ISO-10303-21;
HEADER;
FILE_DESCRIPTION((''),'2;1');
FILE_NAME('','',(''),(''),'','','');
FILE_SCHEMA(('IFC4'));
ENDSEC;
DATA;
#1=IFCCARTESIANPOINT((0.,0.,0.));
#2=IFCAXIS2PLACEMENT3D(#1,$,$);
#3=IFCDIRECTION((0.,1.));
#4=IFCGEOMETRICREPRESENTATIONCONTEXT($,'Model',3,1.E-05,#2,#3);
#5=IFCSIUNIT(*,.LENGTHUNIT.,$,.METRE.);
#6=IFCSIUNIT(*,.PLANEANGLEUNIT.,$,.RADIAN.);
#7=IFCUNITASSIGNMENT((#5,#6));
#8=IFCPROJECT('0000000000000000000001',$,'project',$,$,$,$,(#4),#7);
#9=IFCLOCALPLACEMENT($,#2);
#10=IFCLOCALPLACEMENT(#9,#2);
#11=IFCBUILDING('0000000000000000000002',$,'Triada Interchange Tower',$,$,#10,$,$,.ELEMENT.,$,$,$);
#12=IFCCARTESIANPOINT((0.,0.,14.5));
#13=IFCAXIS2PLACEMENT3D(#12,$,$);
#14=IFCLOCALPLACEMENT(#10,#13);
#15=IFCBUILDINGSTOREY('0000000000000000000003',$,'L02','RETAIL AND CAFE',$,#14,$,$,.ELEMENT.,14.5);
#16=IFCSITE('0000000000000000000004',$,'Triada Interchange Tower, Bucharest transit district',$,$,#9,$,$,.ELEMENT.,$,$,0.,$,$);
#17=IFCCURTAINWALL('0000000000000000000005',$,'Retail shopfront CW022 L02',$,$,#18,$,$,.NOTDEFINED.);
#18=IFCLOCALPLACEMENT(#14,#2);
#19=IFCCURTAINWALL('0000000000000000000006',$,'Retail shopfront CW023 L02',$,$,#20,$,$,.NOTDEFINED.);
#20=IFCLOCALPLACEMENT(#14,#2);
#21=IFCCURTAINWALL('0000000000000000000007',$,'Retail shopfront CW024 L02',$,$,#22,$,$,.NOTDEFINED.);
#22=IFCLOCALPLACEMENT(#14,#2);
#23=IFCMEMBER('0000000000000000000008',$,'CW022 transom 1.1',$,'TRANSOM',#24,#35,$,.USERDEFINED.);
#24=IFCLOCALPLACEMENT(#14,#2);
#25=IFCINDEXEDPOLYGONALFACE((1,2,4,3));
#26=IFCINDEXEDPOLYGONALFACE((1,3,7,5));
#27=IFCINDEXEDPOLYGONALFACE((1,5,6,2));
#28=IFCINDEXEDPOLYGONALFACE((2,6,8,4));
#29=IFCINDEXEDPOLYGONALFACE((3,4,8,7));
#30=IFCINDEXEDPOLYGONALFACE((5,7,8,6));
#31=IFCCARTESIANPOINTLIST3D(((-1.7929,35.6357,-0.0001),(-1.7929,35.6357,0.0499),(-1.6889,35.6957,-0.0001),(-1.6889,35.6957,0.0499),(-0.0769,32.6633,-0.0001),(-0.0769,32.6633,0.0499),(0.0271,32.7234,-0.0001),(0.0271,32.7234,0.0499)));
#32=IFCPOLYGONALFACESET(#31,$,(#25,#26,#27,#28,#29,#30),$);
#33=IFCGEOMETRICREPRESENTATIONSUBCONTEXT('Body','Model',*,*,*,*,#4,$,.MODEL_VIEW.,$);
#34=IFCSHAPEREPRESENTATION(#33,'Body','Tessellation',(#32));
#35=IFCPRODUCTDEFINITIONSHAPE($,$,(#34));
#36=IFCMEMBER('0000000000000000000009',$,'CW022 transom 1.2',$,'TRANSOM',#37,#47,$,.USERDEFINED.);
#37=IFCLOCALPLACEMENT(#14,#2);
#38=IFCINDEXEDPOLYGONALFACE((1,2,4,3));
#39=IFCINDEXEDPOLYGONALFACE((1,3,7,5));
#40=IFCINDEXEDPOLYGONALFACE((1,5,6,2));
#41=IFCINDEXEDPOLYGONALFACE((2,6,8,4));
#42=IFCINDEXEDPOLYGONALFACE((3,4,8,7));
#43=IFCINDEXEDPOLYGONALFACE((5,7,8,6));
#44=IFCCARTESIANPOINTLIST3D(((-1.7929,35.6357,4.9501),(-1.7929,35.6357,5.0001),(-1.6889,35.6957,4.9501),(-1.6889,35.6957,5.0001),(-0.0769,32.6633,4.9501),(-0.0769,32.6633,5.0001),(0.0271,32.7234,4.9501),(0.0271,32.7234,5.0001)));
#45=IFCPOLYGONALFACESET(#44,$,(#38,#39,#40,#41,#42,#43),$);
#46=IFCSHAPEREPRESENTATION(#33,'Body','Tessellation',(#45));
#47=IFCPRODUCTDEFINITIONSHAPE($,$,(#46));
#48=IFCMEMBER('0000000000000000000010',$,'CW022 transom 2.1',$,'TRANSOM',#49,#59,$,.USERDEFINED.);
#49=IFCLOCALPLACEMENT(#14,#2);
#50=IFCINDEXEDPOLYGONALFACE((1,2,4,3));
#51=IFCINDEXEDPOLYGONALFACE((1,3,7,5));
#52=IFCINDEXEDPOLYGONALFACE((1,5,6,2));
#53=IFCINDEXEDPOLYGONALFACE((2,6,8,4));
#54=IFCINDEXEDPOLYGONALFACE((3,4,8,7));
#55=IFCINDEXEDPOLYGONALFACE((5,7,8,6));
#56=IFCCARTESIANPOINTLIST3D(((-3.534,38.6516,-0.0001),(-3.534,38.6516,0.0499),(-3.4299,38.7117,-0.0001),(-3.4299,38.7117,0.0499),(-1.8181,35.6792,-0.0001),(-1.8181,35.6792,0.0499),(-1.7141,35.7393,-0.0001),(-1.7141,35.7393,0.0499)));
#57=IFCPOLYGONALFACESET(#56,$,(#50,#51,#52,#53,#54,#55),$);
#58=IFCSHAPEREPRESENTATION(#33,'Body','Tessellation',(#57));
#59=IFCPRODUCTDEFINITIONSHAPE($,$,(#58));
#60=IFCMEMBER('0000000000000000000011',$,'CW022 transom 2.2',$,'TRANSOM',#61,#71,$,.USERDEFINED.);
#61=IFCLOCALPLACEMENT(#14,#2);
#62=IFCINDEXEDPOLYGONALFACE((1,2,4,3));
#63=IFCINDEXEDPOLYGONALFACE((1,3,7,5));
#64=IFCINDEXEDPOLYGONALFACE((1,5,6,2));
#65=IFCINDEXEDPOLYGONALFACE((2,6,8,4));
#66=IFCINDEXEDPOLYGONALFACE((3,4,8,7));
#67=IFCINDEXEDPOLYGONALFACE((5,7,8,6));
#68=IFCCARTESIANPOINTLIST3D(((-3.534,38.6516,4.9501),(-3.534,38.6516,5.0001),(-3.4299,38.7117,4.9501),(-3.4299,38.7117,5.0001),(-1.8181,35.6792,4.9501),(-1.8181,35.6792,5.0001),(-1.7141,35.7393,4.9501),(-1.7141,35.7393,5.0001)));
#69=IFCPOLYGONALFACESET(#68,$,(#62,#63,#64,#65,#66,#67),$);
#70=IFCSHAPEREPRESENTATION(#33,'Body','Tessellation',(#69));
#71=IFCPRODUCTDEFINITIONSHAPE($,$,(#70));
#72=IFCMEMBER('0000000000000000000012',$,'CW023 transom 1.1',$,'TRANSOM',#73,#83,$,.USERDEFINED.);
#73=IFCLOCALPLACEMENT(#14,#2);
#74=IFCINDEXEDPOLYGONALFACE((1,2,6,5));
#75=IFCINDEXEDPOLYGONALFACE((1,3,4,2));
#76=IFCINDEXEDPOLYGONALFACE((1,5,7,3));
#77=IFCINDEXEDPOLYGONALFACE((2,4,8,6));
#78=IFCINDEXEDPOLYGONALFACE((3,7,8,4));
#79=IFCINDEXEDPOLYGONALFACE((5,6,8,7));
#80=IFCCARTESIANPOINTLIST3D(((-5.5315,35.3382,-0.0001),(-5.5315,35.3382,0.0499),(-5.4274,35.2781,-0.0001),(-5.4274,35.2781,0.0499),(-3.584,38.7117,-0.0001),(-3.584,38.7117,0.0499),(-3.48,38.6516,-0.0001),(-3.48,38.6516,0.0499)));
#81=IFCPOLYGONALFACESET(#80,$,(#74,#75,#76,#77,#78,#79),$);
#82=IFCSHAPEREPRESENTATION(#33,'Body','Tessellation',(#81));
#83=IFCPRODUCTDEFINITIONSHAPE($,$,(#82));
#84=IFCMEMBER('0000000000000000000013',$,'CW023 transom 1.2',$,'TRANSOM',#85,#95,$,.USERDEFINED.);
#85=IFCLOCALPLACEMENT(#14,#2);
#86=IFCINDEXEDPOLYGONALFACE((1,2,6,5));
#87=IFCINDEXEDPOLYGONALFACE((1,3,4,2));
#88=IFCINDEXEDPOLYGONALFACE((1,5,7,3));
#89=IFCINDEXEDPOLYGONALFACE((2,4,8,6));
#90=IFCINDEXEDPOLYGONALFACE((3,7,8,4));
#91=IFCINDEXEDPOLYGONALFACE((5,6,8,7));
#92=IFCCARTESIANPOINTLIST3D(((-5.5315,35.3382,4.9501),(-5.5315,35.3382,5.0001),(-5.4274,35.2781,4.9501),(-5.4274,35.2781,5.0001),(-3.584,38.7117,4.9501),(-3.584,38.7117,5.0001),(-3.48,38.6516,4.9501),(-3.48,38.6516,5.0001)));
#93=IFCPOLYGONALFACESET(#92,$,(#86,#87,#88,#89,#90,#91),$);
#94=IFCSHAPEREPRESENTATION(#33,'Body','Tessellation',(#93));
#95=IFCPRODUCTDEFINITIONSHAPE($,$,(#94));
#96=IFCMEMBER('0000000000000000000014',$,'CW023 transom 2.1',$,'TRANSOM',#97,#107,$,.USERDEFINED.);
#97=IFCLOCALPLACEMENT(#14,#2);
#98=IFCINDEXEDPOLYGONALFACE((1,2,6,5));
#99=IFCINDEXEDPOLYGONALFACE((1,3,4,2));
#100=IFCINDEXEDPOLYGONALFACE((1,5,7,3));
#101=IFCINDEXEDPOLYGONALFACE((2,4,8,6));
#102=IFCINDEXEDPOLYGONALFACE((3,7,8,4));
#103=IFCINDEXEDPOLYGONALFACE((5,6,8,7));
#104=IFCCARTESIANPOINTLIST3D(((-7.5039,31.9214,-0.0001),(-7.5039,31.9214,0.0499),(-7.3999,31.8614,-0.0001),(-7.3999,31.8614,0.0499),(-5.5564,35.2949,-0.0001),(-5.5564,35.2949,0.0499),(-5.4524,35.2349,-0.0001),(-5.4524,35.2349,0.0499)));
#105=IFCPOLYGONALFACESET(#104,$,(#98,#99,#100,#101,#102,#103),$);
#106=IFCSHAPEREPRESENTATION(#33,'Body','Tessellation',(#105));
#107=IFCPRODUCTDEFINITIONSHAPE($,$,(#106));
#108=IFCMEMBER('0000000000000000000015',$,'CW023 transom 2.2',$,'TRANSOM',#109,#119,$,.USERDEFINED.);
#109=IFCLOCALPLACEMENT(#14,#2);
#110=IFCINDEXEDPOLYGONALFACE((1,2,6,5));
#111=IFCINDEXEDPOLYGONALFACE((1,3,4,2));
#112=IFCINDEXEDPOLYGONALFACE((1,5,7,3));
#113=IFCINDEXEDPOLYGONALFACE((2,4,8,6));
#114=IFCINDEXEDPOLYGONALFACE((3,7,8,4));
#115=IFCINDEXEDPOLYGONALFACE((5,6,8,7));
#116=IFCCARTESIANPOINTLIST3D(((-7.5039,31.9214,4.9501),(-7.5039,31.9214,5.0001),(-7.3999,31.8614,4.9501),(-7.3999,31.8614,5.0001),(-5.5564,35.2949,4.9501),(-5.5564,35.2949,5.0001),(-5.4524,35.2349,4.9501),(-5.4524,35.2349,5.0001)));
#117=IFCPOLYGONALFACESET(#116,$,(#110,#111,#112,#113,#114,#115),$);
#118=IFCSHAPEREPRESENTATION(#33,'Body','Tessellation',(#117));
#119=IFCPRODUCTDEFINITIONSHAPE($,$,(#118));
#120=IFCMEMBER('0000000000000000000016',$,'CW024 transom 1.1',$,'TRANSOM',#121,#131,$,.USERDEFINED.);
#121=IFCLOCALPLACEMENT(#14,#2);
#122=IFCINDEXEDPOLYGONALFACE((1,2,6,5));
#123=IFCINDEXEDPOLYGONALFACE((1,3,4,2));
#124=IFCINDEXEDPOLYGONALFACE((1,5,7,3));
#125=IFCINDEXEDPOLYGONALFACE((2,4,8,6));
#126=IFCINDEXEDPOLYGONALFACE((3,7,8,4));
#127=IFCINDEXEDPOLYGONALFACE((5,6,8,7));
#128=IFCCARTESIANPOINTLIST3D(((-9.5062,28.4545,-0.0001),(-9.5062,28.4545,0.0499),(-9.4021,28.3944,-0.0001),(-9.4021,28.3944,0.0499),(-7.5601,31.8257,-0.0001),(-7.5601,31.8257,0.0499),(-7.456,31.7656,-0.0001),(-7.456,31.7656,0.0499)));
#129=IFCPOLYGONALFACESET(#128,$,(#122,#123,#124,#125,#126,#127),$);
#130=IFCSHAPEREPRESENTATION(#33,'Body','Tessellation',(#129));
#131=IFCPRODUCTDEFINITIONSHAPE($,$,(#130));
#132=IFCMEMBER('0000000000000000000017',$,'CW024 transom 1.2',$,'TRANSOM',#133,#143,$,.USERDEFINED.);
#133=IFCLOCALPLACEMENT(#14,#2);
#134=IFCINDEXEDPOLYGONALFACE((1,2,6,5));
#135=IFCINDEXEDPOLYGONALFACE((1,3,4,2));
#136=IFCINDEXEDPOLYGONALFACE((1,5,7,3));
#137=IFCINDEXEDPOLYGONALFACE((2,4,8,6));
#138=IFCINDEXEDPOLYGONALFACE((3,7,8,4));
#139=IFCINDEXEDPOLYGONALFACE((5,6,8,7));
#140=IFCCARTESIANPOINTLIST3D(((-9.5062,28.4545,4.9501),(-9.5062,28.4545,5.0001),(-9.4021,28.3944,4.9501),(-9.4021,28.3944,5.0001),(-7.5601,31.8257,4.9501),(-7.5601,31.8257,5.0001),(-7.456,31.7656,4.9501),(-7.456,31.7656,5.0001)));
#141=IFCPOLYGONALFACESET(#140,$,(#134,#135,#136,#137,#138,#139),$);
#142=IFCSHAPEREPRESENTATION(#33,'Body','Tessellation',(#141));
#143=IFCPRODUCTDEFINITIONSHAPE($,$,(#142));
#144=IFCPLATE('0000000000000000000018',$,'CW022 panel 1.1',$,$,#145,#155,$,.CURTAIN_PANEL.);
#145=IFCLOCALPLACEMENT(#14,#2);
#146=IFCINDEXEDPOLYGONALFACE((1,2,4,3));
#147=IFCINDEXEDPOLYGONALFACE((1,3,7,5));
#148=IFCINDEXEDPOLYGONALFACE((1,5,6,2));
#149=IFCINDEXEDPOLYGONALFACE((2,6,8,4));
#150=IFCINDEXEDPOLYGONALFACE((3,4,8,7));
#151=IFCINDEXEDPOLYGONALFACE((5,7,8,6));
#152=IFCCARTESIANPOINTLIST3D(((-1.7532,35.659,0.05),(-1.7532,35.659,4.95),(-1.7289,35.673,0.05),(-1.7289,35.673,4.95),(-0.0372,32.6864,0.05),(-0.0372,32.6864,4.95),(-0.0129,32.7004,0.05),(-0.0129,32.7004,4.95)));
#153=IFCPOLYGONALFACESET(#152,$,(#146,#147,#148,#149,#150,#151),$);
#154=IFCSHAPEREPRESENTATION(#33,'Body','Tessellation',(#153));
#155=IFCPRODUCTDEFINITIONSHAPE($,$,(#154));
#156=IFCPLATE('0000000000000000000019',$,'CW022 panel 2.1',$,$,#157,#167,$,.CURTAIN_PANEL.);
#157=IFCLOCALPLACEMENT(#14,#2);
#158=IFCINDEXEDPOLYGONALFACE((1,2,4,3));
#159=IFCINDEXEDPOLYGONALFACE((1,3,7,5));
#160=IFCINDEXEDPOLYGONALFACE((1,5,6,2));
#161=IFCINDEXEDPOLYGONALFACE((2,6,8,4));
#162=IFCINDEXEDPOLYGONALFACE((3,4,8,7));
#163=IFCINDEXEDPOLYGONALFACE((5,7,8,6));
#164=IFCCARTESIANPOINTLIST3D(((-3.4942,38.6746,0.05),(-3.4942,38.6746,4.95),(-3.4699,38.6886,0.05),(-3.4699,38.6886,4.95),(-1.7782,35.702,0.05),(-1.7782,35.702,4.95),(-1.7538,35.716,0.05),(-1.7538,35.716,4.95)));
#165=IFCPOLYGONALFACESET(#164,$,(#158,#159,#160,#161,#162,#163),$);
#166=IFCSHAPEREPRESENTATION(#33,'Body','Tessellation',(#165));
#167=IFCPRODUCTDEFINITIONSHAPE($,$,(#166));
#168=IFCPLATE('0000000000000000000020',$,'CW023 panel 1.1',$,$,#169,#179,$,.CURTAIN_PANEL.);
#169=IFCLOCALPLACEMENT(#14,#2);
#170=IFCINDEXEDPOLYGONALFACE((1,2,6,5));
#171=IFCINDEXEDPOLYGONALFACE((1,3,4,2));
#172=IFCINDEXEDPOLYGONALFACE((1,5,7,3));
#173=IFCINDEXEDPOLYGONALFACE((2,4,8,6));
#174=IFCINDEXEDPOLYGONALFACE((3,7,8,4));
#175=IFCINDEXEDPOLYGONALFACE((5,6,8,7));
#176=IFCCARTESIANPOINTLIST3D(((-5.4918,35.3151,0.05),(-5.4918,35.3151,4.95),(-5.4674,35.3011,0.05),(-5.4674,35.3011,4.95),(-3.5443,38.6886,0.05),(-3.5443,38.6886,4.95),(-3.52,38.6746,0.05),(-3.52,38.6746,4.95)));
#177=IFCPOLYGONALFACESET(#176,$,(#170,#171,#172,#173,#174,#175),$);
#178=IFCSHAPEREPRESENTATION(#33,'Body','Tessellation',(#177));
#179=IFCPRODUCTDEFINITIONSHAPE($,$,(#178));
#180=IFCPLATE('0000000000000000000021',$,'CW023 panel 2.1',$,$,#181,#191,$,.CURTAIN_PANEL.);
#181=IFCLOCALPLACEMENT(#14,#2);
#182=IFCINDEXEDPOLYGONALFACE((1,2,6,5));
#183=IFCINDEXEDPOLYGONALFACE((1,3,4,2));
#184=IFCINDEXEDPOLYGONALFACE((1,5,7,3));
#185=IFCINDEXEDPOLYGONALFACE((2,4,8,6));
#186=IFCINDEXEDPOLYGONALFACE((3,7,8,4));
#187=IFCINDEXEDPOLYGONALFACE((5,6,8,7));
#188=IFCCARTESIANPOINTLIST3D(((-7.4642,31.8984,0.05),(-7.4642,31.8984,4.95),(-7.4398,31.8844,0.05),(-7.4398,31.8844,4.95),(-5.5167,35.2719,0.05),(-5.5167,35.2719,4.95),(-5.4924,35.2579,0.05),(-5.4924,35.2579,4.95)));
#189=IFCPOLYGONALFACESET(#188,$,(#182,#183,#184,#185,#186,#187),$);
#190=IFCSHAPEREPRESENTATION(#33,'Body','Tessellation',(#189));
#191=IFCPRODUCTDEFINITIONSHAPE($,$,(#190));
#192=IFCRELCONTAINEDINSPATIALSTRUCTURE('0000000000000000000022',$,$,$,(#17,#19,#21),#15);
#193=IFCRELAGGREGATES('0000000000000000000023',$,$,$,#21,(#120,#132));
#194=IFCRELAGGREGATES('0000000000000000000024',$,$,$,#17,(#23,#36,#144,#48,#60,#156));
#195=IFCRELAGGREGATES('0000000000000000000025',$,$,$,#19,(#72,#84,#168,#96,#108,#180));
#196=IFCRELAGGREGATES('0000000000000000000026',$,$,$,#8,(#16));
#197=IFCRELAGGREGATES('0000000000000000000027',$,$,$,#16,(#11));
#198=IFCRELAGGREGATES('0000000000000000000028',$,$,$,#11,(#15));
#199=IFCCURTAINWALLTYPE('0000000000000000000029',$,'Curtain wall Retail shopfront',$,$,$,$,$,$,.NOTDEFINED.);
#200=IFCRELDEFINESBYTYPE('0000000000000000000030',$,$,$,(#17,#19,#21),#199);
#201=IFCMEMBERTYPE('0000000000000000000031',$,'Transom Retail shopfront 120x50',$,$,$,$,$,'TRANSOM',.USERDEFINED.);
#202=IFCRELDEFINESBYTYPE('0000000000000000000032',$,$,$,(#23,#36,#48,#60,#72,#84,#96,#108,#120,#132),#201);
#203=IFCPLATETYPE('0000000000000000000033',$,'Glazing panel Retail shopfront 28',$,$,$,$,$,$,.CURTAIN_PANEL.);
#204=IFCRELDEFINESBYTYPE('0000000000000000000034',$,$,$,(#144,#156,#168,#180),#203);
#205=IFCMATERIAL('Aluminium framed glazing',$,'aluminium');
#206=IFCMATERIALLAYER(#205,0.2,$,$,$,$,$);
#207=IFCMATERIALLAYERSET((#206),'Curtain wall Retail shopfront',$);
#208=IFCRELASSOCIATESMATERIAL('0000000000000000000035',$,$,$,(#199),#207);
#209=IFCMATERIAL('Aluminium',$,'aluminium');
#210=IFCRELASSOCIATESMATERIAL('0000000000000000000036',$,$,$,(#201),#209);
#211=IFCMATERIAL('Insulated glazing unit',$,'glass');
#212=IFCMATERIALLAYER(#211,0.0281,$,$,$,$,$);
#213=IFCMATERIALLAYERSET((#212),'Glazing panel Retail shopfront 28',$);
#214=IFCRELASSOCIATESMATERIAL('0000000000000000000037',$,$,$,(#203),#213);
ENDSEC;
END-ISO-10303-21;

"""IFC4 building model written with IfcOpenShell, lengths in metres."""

from ifc_helpers import new_model, si_unit, direction, frame, origin, origin_2d, place, context, subcontext, project, spatial, rectangle, extrude, material, layer, layer_set, material_profile, profile_set, type_object, element, aggregate, save


model = new_model("IFC4")

# Units and contexts
model_context = context("Model", 3, precision=1e-05, world=origin(), true_north=direction((0.0, 1.0)))
body_context = subcontext(model_context, "Body", "Model", "MODEL_VIEW")
ifc_project = project(units=[si_unit("LENGTHUNIT", "METRE"), si_unit("PLANEANGLEUNIT", "RADIAN")], contexts=[model_context])

# Site, building, storey
site_placement = place(None, origin())
site = spatial("IfcSite", under=ifc_project, at=site_placement, Name="Triada Interchange Tower, Bucharest transit district", CompositionType="ELEMENT", RefElevation=0.0)
building_placement = place(site_placement, origin())
building = spatial("IfcBuilding", under=site, at=building_placement, Name="Triada Interchange Tower", CompositionType="ELEMENT")
storey_placement = place(building_placement, frame((0.0, 0.0, 14.5)))
storey = spatial("IfcBuildingStorey", under=building, at=storey_placement, Name="L02", Description="RETAIL AND CAFE", CompositionType="ELEMENT", Elevation=14.5)

# Curtain walls
ifc_material_1 = material(Name="Aluminium framed glazing", Category="aluminium")
ifc_layer_1 = layer(ifc_material_1, 0.2)
ifc_layer_set_1 = layer_set([ifc_layer_1], Name="Curtain wall Retail shopfront")
curtain_wall_type = type_object("IfcCurtainWallType", Name="Curtain wall Retail shopfront", PredefinedType="NOTDEFINED", material=ifc_layer_set_1)
curtain_wall_1_placement = place(storey_placement, origin())
curtain_wall_1 = element("IfcCurtainWall", 1, at=curtain_wall_1_placement, inside=storey, type_object=curtain_wall_type, Name="Retail shopfront CW022 L02", PredefinedType="NOTDEFINED")
ifc_material_2 = material(Name="Aluminium", Category="aluminium")
curtain_wall_2_placement = place(storey_placement, origin())
curtain_wall_2 = element("IfcCurtainWall", 2, at=curtain_wall_2_placement, inside=storey, type_object=curtain_wall_type, Name="Retail shopfront CW023 L02", PredefinedType="NOTDEFINED")

# Curtain wall
curtain_wall_3_placement = place(storey_placement, origin())
curtain_wall_3 = element("IfcCurtainWall", 3, at=curtain_wall_3_placement, inside=storey, type_object=curtain_wall_type, Name="Retail shopfront CW024 L02", PredefinedType="NOTDEFINED")

# Members
ifc_material_profile_1 = material_profile(ifc_material_2, rectangle(XDim=0.1201, YDim=0.05, at=origin_2d()), Name="Aluminium transom")
ifc_profile_set_1 = profile_set([ifc_material_profile_1], Name="Aluminium")
member_type_1 = type_object("IfcMemberType", Name="Transom Retail shopfront 120x50", ElementType="TRANSOM", PredefinedType="USERDEFINED", material=ifc_profile_set_1)
member_1_placement = place(storey_placement, frame((-0.0249, 32.6934, 0.0249), z_axis=(-0.499987, 0.866033, 0.0), x_axis=(-0.866033, -0.499987, 0.0)))
member_1 = element("IfcMember", 4, at=member_1_placement, type_object=member_type_1, Name="CW022 transom 1.1", ObjectType="TRANSOM", PredefinedType="USERDEFINED", context=body_context, shape_type="SweptSolid", body=[
    extrude(rectangle(XDim=0.1201, YDim=0.05, at=origin_2d()), origin(), (0.0, 0.0, 1.0), 3.4321),
])
member_2_placement = place(storey_placement, frame((-0.0249, 32.6934, 4.9751), z_axis=(-0.499987, 0.866033, 0.0), x_axis=(-0.866033, -0.499987, 0.0)))
member_2 = element("IfcMember", 5, at=member_2_placement, type_object=member_type_1, Name="CW022 transom 1.2", ObjectType="TRANSOM", PredefinedType="USERDEFINED", context=body_context, shape_type="SweptSolid", body=[
    extrude(rectangle(XDim=0.1201, YDim=0.05, at=origin_2d()), origin(), (0.0, 0.0, 1.0), 3.4321),
])
member_3_placement = place(storey_placement, frame((-1.7661, 35.7092, 0.0249), z_axis=(-0.499934, 0.866064, 0.0), x_axis=(-0.866064, -0.499934, 0.0)))
member_3 = element("IfcMember", 6, at=member_3_placement, type_object=member_type_1, Name="CW022 transom 2.1", ObjectType="TRANSOM", PredefinedType="USERDEFINED", context=body_context, shape_type="SweptSolid", body=[
    extrude(rectangle(XDim=0.1201, YDim=0.05, at=origin_2d()), origin(), (0.0, 0.0, 1.0), 3.4321),
])
member_4_placement = place(storey_placement, frame((-1.7661, 35.7092, 4.9751), z_axis=(-0.499934, 0.866064, 0.0), x_axis=(-0.866064, -0.499934, 0.0)))
member_4 = element("IfcMember", 7, at=member_4_placement, type_object=member_type_1, Name="CW022 transom 2.2", ObjectType="TRANSOM", PredefinedType="USERDEFINED", context=body_context, shape_type="SweptSolid", body=[
    extrude(rectangle(XDim=0.1201, YDim=0.05, at=origin_2d()), origin(), (0.0, 0.0, 1.0), 3.4321),
])
member_5_placement = place(storey_placement, frame((-3.532, 38.6816, 0.0249), z_axis=(-0.499961, -0.866048, 0.0), x_axis=(0.866048, -0.499961, 0.0)))
member_5 = element("IfcMember", 8, at=member_5_placement, type_object=member_type_1, Name="CW023 transom 1.1", ObjectType="TRANSOM", PredefinedType="USERDEFINED", context=body_context, shape_type="SweptSolid", body=[
    extrude(rectangle(XDim=0.1201, YDim=0.05, at=origin_2d()), origin(), (0.0, 0.0, 1.0), 3.8953),
])
member_6_placement = place(storey_placement, frame((-3.532, 38.6816, 4.9751), z_axis=(-0.499961, -0.866048, 0.0), x_axis=(0.866048, -0.499961, 0.0)))
member_6 = element("IfcMember", 9, at=member_6_placement, type_object=member_type_1, Name="CW023 transom 1.2", ObjectType="TRANSOM", PredefinedType="USERDEFINED", context=body_context, shape_type="SweptSolid", body=[
    extrude(rectangle(XDim=0.1201, YDim=0.05, at=origin_2d()), origin(), (0.0, 0.0, 1.0), 3.8953),
])
member_7_placement = place(storey_placement, frame((-5.5044, 35.2649, 0.0249), z_axis=(-0.499961, -0.866048, 0.0), x_axis=(0.866048, -0.499961, 0.0)))
member_7 = element("IfcMember", 10, at=member_7_placement, type_object=member_type_1, Name="CW023 transom 2.1", ObjectType="TRANSOM", PredefinedType="USERDEFINED", context=body_context, shape_type="SweptSolid", body=[
    extrude(rectangle(XDim=0.1201, YDim=0.05, at=origin_2d()), origin(), (0.0, 0.0, 1.0), 3.8953),
])
member_8_placement = place(storey_placement, frame((-5.5044, 35.2649, 4.9751), z_axis=(-0.499961, -0.866048, 0.0), x_axis=(0.866048, -0.499961, 0.0)))
member_8 = element("IfcMember", 11, at=member_8_placement, type_object=member_type_1, Name="CW023 transom 2.2", ObjectType="TRANSOM", PredefinedType="USERDEFINED", context=body_context, shape_type="SweptSolid", body=[
    extrude(rectangle(XDim=0.1201, YDim=0.05, at=origin_2d()), origin(), (0.0, 0.0, 1.0), 3.8953),
])
member_9_placement = place(storey_placement, frame((-7.5081, 31.7957, 0.0249), z_axis=(-0.49995, -0.866054, 0.0), x_axis=(0.866054, -0.49995, 0.0)))
member_9 = element("IfcMember", 12, at=member_9_placement, type_object=member_type_1, Name="CW024 transom 1.1", ObjectType="TRANSOM", PredefinedType="USERDEFINED", context=body_context, shape_type="SweptSolid", body=[
    extrude(rectangle(XDim=0.1201, YDim=0.05, at=origin_2d()), origin(), (0.0, 0.0, 1.0), 3.8926),
])
member_10_placement = place(storey_placement, frame((-7.5081, 31.7957, 4.9751), z_axis=(-0.49995, -0.866054, 0.0), x_axis=(0.866054, -0.49995, 0.0)))
member_10 = element("IfcMember", 13, at=member_10_placement, type_object=member_type_1, Name="CW024 transom 1.2", ObjectType="TRANSOM", PredefinedType="USERDEFINED", context=body_context, shape_type="SweptSolid", body=[
    extrude(rectangle(XDim=0.1201, YDim=0.05, at=origin_2d()), origin(), (0.0, 0.0, 1.0), 3.8926),
])
aggregate(curtain_wall_3, [member_9, member_10])

# Plates
ifc_material_3 = material(Name="Insulated glazing unit", Category="glass")
ifc_layer_2 = layer(ifc_material_3, 0.0281)
ifc_layer_set_2 = layer_set([ifc_layer_2], Name="Glazing panel Retail shopfront 28")
plate_type = type_object("IfcPlateType", Name="Glazing panel Retail shopfront 28", PredefinedType="CURTAIN_PANEL", material=ifc_layer_set_2)
plate_1_placement = place(storey_placement, frame((-0.8831, 34.1797, 0.05), z_axis=(0.0, 0.0, 1.0), x_axis=(-0.499957, 0.86605, 0.0)))
plate_1 = element("IfcPlate", 14, at=plate_1_placement, type_object=plate_type, Name="CW022 panel 1.1", PredefinedType="CURTAIN_PANEL", context=body_context, shape_type="SweptSolid", body=[
    extrude(rectangle(XDim=3.4324, YDim=0.0281, at=origin_2d()), origin(), (0.0, 0.0, 1.0), 4.8999),
])
plate_2_placement = place(storey_placement, frame((-2.624, 37.1953, 0.05), z_axis=(0.0, 0.0, 1.0), x_axis=(-0.499957, 0.86605, 0.0)))
plate_2 = element("IfcPlate", 15, at=plate_2_placement, type_object=plate_type, Name="CW022 panel 2.1", PredefinedType="CURTAIN_PANEL", context=body_context, shape_type="SweptSolid", body=[
    extrude(rectangle(XDim=3.4324, YDim=0.0281, at=origin_2d()), origin(), (0.0, 0.0, 1.0), 4.8999),
])
aggregate(curtain_wall_1, [member_1, member_2, plate_1, member_3, member_4, plate_2])
plate_3_placement = place(storey_placement, frame((-4.5059, 36.9949, 0.05), z_axis=(0.0, 0.0, 1.0), x_axis=(-0.499959, -0.866049, 0.0)))
plate_3 = element("IfcPlate", 16, at=plate_3_placement, type_object=plate_type, Name="CW023 panel 1.1", PredefinedType="CURTAIN_PANEL", context=body_context, shape_type="SweptSolid", body=[
    extrude(rectangle(XDim=3.8953, YDim=0.0281, at=origin_2d()), origin(), (0.0, 0.0, 1.0), 4.8999),
])
plate_4_placement = place(storey_placement, frame((-6.4783, 33.5781, 0.05), z_axis=(0.0, 0.0, 1.0), x_axis=(-0.499959, -0.866049, 0.0)))
plate_4 = element("IfcPlate", 17, at=plate_4_placement, type_object=plate_type, Name="CW023 panel 2.1", PredefinedType="CURTAIN_PANEL", context=body_context, shape_type="SweptSolid", body=[
    extrude(rectangle(XDim=3.8953, YDim=0.0281, at=origin_2d()), origin(), (0.0, 0.0, 1.0), 4.8999),
])
aggregate(curtain_wall_2, [member_5, member_6, plate_3, member_7, member_8, plate_4])

save(model, "model.ifc")
